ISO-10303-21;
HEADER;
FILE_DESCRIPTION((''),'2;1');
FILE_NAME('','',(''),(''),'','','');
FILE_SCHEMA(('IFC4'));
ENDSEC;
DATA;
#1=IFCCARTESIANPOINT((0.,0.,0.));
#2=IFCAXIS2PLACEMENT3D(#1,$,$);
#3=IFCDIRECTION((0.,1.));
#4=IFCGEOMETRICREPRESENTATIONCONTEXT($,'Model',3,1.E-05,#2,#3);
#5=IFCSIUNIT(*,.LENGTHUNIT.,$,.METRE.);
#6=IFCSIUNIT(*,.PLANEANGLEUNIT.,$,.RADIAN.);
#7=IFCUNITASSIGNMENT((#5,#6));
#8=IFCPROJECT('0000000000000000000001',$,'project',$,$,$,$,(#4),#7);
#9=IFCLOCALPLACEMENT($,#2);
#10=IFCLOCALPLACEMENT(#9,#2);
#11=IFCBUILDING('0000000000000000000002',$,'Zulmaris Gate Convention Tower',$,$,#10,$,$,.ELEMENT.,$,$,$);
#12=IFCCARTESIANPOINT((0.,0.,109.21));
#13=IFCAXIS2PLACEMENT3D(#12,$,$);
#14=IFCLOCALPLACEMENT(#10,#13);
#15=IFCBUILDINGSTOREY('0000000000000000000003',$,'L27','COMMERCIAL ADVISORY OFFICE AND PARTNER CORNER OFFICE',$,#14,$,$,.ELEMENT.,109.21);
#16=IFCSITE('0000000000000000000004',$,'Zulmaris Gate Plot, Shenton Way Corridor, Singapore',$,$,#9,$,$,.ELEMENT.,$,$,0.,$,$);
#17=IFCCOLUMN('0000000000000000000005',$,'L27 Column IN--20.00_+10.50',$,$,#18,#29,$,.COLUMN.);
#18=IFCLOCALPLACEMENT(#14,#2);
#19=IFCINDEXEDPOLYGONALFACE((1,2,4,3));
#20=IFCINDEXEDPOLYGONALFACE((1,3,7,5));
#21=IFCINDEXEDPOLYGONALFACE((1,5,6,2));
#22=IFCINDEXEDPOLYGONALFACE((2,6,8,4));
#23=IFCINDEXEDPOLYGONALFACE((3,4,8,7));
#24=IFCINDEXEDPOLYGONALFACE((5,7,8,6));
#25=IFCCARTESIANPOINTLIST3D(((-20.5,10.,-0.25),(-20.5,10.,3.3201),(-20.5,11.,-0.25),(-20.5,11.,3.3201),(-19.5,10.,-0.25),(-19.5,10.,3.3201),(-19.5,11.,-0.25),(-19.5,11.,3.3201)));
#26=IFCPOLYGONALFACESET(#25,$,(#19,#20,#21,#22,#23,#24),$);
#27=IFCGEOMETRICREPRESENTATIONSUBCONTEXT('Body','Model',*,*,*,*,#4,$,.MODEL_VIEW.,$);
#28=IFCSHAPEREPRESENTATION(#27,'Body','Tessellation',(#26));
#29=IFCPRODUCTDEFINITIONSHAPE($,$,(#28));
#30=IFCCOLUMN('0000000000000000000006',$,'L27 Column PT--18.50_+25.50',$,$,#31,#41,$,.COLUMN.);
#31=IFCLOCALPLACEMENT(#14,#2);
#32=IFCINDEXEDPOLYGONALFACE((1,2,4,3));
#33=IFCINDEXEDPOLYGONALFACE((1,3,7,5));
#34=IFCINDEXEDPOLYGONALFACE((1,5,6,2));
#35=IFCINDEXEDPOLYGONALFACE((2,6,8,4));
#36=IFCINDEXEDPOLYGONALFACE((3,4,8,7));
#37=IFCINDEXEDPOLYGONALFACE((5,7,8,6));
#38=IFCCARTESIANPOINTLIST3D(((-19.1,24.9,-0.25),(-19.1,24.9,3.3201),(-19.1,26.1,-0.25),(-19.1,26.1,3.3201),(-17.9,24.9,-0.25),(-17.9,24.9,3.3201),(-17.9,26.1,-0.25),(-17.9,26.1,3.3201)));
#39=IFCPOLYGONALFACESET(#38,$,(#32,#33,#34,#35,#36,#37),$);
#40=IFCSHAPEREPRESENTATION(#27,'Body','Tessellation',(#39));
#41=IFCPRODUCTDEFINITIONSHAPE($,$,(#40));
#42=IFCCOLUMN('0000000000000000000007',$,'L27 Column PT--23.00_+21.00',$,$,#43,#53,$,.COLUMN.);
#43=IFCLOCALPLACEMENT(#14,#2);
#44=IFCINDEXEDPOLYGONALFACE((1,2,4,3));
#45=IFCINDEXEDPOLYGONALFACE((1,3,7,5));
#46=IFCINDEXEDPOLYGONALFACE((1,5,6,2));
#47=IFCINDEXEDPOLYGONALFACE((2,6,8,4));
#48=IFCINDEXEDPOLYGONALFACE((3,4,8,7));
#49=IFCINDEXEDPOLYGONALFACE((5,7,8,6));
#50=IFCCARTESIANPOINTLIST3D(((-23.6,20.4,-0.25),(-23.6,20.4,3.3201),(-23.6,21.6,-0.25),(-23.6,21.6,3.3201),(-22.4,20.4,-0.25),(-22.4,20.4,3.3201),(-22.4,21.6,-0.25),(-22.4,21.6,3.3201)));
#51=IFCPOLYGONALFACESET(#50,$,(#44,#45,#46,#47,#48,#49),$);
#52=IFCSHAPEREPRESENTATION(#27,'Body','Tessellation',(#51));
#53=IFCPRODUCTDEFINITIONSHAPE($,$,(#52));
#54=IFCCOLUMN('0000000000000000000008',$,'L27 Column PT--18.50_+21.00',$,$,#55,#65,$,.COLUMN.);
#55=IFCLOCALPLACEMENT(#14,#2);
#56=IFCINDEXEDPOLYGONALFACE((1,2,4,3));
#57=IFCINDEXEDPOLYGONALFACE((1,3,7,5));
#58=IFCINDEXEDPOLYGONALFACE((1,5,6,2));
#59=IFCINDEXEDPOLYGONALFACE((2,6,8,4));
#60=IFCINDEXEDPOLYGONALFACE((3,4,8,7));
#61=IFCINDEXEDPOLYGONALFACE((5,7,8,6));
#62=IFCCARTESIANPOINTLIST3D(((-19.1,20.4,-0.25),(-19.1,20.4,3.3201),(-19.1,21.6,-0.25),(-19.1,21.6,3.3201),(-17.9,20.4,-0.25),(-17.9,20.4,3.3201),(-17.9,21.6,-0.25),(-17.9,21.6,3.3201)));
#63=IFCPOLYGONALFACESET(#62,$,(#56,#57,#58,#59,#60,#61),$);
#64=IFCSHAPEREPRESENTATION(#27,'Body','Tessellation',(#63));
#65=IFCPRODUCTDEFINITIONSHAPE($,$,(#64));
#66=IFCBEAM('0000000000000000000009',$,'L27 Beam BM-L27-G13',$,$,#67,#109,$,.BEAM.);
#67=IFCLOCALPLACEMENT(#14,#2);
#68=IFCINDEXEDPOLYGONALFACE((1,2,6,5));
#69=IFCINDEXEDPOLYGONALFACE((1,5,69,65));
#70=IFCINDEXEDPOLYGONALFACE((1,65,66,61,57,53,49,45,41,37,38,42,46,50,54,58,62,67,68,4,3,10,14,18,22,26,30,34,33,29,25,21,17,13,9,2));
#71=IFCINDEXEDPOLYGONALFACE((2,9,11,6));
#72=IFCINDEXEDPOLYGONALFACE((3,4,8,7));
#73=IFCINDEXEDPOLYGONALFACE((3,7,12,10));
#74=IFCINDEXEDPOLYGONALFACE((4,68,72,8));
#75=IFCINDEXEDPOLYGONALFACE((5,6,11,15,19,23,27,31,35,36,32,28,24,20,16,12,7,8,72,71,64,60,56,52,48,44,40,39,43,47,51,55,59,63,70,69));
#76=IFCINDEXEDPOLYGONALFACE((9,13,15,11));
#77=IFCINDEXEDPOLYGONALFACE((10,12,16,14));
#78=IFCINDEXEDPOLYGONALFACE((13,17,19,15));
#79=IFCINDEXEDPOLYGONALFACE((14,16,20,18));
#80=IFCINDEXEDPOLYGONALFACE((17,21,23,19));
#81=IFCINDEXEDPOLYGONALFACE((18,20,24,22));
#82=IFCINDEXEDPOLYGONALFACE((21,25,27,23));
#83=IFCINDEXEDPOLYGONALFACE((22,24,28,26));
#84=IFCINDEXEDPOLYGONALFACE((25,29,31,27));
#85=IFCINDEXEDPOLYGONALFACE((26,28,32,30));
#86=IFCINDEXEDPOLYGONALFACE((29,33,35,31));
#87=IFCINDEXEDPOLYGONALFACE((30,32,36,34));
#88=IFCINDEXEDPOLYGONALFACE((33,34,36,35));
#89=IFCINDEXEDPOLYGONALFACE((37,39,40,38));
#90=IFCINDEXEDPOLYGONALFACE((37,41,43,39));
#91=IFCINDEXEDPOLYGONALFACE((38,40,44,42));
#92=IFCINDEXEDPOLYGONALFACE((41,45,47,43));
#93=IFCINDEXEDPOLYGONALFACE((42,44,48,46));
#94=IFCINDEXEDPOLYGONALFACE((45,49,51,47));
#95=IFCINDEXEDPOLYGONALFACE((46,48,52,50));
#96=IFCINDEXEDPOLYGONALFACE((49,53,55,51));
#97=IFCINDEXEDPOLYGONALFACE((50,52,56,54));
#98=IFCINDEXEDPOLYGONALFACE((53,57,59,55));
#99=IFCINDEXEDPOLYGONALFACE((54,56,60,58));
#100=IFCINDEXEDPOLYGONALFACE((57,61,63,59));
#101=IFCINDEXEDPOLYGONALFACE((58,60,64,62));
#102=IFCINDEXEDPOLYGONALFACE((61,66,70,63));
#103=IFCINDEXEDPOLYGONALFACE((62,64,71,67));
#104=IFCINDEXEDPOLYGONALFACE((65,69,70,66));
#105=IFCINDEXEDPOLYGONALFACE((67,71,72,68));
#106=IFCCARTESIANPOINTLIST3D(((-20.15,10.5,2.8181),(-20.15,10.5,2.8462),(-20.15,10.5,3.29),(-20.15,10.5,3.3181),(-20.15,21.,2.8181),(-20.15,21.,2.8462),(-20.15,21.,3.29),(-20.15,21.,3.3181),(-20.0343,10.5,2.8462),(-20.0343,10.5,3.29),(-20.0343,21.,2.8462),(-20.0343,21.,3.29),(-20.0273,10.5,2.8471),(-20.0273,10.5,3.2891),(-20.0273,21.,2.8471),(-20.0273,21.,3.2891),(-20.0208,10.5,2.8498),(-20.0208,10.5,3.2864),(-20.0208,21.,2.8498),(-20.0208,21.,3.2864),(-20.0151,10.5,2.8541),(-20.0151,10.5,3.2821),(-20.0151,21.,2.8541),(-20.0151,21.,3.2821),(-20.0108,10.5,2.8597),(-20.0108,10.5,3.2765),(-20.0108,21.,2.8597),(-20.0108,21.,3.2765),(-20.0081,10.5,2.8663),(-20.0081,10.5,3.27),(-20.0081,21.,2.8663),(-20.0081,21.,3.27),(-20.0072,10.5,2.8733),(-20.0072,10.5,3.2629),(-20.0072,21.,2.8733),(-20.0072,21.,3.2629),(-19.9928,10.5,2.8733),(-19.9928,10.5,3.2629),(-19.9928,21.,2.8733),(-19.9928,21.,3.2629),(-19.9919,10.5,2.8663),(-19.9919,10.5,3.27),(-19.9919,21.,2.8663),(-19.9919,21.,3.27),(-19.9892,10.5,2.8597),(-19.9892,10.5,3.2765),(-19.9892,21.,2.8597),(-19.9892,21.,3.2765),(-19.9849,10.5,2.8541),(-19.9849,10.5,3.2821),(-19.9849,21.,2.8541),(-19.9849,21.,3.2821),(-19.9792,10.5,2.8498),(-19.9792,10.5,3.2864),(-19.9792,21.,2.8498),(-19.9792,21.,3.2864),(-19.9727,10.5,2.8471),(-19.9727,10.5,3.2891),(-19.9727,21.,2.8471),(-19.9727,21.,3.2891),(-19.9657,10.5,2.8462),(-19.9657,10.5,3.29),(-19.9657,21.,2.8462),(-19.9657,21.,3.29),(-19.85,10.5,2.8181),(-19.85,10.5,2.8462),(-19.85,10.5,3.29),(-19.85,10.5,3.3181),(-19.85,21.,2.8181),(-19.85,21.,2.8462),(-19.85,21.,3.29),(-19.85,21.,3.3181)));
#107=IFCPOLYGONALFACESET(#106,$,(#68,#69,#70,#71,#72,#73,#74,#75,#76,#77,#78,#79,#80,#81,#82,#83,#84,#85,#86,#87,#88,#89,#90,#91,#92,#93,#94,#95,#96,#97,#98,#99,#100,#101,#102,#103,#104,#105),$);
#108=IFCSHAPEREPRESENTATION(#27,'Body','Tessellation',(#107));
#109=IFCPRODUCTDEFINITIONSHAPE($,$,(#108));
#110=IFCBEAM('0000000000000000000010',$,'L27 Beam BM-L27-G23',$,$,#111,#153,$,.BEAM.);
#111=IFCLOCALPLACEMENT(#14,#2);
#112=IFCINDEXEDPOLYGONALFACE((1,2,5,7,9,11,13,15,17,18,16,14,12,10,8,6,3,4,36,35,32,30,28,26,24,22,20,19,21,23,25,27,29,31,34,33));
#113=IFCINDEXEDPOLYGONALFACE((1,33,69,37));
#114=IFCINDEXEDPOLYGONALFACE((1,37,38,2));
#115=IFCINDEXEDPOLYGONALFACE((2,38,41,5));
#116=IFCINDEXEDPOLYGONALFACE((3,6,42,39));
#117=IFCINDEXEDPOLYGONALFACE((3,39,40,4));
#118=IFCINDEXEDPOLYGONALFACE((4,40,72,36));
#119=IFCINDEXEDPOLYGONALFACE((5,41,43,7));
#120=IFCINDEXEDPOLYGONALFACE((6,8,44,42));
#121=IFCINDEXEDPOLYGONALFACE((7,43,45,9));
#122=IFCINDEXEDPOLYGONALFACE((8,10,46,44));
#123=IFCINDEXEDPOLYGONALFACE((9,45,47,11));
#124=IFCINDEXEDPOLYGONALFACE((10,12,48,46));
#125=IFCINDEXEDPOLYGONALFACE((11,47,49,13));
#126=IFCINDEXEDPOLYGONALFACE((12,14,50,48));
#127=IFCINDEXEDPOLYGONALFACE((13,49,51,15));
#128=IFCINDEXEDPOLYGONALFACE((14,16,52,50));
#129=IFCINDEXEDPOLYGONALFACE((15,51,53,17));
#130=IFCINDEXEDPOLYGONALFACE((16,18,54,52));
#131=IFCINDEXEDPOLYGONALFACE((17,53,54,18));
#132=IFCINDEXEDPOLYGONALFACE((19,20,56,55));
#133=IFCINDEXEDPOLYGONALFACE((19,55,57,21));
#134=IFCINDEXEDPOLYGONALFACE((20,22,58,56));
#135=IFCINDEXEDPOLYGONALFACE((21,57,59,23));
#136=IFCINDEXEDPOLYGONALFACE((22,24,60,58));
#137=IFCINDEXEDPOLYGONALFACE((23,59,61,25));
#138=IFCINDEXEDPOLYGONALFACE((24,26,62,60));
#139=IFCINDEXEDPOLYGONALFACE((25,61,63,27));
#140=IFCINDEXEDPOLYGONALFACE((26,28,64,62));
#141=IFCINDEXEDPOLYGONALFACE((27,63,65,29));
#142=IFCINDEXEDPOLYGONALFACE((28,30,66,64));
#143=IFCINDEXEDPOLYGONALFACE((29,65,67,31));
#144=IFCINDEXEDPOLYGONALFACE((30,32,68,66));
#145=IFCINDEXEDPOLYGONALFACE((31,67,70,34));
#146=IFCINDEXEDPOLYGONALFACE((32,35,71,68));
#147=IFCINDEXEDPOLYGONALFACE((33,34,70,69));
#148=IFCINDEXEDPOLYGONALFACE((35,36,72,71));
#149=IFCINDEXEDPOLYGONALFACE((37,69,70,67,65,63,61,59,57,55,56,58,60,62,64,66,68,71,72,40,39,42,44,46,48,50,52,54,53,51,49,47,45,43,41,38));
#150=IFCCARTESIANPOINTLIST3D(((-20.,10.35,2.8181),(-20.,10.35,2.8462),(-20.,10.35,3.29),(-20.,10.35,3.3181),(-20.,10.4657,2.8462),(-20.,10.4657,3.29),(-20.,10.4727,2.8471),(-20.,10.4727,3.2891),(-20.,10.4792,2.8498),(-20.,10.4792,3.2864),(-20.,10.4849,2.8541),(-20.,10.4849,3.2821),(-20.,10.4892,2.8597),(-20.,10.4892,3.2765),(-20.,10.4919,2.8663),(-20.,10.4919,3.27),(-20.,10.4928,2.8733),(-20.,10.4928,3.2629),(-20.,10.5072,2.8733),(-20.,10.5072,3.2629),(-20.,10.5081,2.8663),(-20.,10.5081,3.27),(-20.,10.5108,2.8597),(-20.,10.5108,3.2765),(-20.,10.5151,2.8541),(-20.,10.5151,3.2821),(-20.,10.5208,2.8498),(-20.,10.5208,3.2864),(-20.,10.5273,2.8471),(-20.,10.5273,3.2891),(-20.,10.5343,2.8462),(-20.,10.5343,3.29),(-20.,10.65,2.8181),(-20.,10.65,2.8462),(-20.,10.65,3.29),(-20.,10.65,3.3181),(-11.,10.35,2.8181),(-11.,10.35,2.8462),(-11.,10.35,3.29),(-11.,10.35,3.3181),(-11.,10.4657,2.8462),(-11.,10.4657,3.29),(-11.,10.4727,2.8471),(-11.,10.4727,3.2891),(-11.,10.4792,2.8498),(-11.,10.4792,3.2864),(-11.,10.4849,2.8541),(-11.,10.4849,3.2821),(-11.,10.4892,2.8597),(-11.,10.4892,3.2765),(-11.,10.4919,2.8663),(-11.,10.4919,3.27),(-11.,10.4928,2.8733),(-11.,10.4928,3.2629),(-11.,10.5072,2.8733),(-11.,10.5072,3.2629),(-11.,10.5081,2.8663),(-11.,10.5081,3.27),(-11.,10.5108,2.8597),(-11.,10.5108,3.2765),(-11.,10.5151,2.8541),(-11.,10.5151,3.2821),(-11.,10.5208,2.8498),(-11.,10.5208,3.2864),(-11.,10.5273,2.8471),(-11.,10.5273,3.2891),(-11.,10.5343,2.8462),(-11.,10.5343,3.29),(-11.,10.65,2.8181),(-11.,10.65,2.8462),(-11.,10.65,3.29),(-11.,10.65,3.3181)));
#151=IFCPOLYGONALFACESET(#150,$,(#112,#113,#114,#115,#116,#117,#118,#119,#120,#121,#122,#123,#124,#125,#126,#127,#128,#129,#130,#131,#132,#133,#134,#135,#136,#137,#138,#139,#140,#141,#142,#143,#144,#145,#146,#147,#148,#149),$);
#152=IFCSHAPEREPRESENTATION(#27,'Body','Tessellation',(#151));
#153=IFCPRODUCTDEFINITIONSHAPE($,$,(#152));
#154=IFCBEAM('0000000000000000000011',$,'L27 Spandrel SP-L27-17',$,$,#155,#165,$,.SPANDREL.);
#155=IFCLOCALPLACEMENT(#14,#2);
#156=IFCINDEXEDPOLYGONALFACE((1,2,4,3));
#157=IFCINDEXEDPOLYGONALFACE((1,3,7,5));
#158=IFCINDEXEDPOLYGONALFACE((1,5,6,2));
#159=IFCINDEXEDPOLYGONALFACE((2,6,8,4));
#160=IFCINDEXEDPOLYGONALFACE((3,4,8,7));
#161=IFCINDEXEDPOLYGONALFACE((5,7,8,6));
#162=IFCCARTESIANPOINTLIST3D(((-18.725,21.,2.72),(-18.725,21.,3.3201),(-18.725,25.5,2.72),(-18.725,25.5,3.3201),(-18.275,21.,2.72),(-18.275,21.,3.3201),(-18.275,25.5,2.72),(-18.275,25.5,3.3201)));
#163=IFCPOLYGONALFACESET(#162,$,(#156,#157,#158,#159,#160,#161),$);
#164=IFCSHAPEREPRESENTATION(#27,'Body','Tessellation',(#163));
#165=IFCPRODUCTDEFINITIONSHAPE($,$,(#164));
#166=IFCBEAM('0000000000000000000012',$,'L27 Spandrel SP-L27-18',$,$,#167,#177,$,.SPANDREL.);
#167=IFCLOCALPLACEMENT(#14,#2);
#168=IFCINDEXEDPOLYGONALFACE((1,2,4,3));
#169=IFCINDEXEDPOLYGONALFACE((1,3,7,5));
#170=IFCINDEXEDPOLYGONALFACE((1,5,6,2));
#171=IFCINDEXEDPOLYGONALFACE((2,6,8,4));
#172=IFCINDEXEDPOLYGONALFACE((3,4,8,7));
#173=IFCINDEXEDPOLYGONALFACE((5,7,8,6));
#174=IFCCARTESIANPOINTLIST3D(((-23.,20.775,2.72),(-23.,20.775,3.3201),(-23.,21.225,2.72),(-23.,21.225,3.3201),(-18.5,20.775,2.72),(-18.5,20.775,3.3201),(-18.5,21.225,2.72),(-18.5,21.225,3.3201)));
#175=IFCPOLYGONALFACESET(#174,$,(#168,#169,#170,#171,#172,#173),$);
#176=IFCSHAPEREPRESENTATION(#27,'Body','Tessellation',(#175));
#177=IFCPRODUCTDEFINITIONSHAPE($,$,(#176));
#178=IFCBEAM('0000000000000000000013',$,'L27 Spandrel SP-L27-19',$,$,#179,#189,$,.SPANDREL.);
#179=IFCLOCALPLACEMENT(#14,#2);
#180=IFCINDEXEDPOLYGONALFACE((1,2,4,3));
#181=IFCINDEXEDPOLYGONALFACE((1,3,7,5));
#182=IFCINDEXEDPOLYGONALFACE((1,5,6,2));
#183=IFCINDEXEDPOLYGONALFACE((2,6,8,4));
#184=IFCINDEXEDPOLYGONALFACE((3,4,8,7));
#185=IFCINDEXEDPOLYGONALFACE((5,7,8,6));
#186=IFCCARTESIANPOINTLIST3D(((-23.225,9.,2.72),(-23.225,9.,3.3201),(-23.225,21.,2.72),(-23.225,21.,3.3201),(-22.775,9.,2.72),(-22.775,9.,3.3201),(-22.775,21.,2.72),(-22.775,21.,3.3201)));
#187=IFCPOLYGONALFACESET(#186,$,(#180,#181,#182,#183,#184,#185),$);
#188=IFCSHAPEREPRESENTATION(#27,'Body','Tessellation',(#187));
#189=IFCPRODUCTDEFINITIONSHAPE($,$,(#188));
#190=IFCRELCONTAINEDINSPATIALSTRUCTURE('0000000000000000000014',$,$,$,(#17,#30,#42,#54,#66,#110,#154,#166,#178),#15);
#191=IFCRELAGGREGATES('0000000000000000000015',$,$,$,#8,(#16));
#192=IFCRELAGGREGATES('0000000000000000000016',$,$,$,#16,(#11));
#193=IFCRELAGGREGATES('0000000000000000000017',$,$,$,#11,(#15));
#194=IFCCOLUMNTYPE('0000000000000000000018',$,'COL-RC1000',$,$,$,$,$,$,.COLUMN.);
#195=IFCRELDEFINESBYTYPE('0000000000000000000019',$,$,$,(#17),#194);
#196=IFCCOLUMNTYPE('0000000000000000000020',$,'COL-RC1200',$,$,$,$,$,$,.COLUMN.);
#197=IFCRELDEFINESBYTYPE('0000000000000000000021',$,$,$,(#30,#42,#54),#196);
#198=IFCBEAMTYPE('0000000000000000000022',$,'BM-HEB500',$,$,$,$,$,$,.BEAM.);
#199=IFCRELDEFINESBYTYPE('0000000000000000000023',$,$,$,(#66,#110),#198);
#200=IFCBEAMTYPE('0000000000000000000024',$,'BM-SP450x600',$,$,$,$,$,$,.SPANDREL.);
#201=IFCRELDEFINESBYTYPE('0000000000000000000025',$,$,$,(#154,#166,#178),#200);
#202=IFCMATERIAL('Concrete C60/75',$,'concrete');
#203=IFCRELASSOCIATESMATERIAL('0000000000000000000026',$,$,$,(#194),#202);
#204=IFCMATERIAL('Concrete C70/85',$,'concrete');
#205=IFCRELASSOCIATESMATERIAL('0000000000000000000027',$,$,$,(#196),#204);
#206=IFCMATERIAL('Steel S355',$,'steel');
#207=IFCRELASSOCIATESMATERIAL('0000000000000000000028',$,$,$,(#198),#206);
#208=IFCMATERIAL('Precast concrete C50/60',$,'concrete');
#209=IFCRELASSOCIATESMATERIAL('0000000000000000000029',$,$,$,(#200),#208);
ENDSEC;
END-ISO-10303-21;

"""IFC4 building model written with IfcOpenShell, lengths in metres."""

from ifc_helpers import new_model, si_unit, direction, frame, origin, origin_2d, place, context, subcontext, project, spatial, rectangle, i_section, extrude, material, material_profile, profile_set, type_object, element, save


model = new_model("IFC4")

# Units and contexts
model_context = context("Model", 3, precision=1e-05, world=origin(), true_north=direction((0.0, 1.0)))
body_context = subcontext(model_context, "Body", "Model", "MODEL_VIEW")
ifc_project = project(units=[si_unit("LENGTHUNIT", "METRE"), si_unit("PLANEANGLEUNIT", "RADIAN")], contexts=[model_context])

# Site, building, storey
site_placement = place(None, origin())
site = spatial("IfcSite", under=ifc_project, at=site_placement, Name="Zulmaris Gate Plot, Shenton Way Corridor, Singapore", CompositionType="ELEMENT", RefElevation=0.0)
building_placement = place(site_placement, origin())
building = spatial("IfcBuilding", under=site, at=building_placement, Name="Zulmaris Gate Convention Tower", CompositionType="ELEMENT")
storey_placement = place(building_placement, frame((0.0, 0.0, 109.21)))
storey = spatial("IfcBuildingStorey", under=building, at=storey_placement, Name="L27", Description="COMMERCIAL ADVISORY OFFICE AND PARTNER CORNER OFFICE", CompositionType="ELEMENT", Elevation=109.21)

# Columns
ifc_material_1 = material(Name="Concrete C60/75", Category="concrete")
ifc_material_profile_1 = material_profile(ifc_material_1, rectangle(XDim=1.0, YDim=1.0, at=origin_2d()), Name="RC COL 1000x1000")
ifc_profile_set_1 = profile_set([ifc_material_profile_1], Name="Concrete C60/75")
column_type_1 = type_object("IfcColumnType", Name="COL-RC1000", PredefinedType="COLUMN", material=ifc_profile_set_1)
column_placement = place(storey_placement, frame((-20.0, 10.5, -0.25), z_axis=(0.0, 0.0, 1.0), x_axis=(1.0, 0.0, 0.0)))
element("IfcColumn", 1, at=column_placement, inside=storey, type_object=column_type_1, Name="L27 Column IN--20.00_+10.50", PredefinedType="COLUMN", context=body_context, shape_type="SweptSolid", body=[
    extrude(rectangle(XDim=1.0, YDim=1.0, at=origin_2d()), origin(), (0.0, 0.0, 1.0), 3.5701),
])
ifc_material_2 = material(Name="Concrete C70/85", Category="concrete")
ifc_material_profile_2 = material_profile(ifc_material_2, rectangle(XDim=1.2, YDim=1.2, at=origin_2d()), Name="RC COL 1200x1200")
ifc_profile_set_2 = profile_set([ifc_material_profile_2], Name="Concrete C70/85")
column_type_2 = type_object("IfcColumnType", Name="COL-RC1200", PredefinedType="COLUMN", material=ifc_profile_set_2)
for number, where, z_axis, x_axis, name in (
    (2, (-18.5, 25.5, -0.25), (0.0, 0.0, 1.0), (1.0, 0.0, 0.0), "L27 Column PT--18.50_+25.50"),
    (3, (-23.0, 21.0, -0.25), (0.0, 0.0, 1.0), (1.0, 0.0, 0.0), "L27 Column PT--23.00_+21.00"),
    (4, (-18.5, 21.0, -0.25), (0.0, 0.0, 1.0), (1.0, 0.0, 0.0), "L27 Column PT--18.50_+21.00"),
):
    element("IfcColumn", number, at=place(storey_placement, frame(where, z_axis=z_axis, x_axis=x_axis)), inside=storey, type_object=column_type_2, Name=name, PredefinedType="COLUMN", context=body_context, shape_type="SweptSolid", body=[
        extrude(rectangle(XDim=1.2, YDim=1.2, at=origin_2d()), origin(), (0.0, 0.0, 1.0), 3.5701),
    ])

# Beams
ifc_material_3 = material(Name="Steel S355", Category="steel")
ifc_material_profile_3 = material_profile(ifc_material_3, i_section(OverallWidth=0.3, OverallDepth=0.5, WebThickness=0.0144, FlangeThickness=0.0281, FilletRadius=0.0271, at=origin_2d()), Name="HEB 500")
ifc_profile_set_3 = profile_set([ifc_material_profile_3], Name="Steel S355")
beam_type_1 = type_object("IfcBeamType", Name="BM-HEB500", PredefinedType="BEAM", material=ifc_profile_set_3)
beam_1_placement = place(storey_placement, frame((-20.0, 10.5, 3.0681), z_axis=(0.0, 1.0, 0.0), x_axis=(-1.0, 0.0, 0.0)))
element("IfcBeam", 5, at=beam_1_placement, inside=storey, type_object=beam_type_1, Name="L27 Beam BM-L27-G13", PredefinedType="BEAM", context=body_context, shape_type="SweptSolid", body=[
    extrude(i_section(OverallWidth=0.3, OverallDepth=0.5, WebThickness=0.0144, FlangeThickness=0.0281, FilletRadius=0.0271, at=origin_2d()), origin(), (0.0, 0.0, 1.0), 10.5),
])
beam_2_placement = place(storey_placement, frame((-20.0, 10.5, 3.0681), z_axis=(1.0, 0.0, 0.0), x_axis=(0.0, 1.0, 0.0)))
element("IfcBeam", 6, at=beam_2_placement, inside=storey, type_object=beam_type_1, Name="L27 Beam BM-L27-G23", PredefinedType="BEAM", context=body_context, shape_type="SweptSolid", body=[
    extrude(i_section(OverallWidth=0.3, OverallDepth=0.5, WebThickness=0.0144, FlangeThickness=0.0281, FilletRadius=0.0271, at=origin_2d()), origin(), (0.0, 0.0, 1.0), 9.0),
])
ifc_material_4 = material(Name="Precast concrete C50/60", Category="concrete")
ifc_material_profile_4 = material_profile(ifc_material_4, rectangle(XDim=0.45, YDim=0.6001, at=origin_2d()), Name="RC SPANDREL 450x600")
ifc_profile_set_4 = profile_set([ifc_material_profile_4], Name="Precast concrete C50/60")
beam_type_2 = type_object("IfcBeamType", Name="BM-SP450x600", PredefinedType="SPANDREL", material=ifc_profile_set_4)
for number, where, z_axis, x_axis, name in (
    (7, (-18.5, 25.5, 3.02), (0.0, -1.0, 0.0), (1.0, 0.0, 0.0), "L27 Spandrel SP-L27-17"),
    (8, (-18.5, 21.0, 3.02), (-1.0, 0.0, 0.0), (0.0, -1.0, 0.0), "L27 Spandrel SP-L27-18"),
):
    element("IfcBeam", number, at=place(storey_placement, frame(where, z_axis=z_axis, x_axis=x_axis)), inside=storey, type_object=beam_type_2, Name=name, PredefinedType="SPANDREL", context=body_context, shape_type="SweptSolid", body=[
        extrude(rectangle(XDim=0.45, YDim=0.6001, at=origin_2d()), origin(), (0.0, 0.0, 1.0), 4.5),
    ])
beam_3_placement = place(storey_placement, frame((-23.0, 21.0, 3.02), z_axis=(0.0, -1.0, 0.0), x_axis=(1.0, 0.0, 0.0)))
element("IfcBeam", 9, at=beam_3_placement, inside=storey, type_object=beam_type_2, Name="L27 Spandrel SP-L27-19", PredefinedType="SPANDREL", context=body_context, shape_type="SweptSolid", body=[
    extrude(rectangle(XDim=0.45, YDim=0.6001, at=origin_2d()), origin(), (0.0, 0.0, 1.0), 12.0),
])

save(model, "model.ifc")
